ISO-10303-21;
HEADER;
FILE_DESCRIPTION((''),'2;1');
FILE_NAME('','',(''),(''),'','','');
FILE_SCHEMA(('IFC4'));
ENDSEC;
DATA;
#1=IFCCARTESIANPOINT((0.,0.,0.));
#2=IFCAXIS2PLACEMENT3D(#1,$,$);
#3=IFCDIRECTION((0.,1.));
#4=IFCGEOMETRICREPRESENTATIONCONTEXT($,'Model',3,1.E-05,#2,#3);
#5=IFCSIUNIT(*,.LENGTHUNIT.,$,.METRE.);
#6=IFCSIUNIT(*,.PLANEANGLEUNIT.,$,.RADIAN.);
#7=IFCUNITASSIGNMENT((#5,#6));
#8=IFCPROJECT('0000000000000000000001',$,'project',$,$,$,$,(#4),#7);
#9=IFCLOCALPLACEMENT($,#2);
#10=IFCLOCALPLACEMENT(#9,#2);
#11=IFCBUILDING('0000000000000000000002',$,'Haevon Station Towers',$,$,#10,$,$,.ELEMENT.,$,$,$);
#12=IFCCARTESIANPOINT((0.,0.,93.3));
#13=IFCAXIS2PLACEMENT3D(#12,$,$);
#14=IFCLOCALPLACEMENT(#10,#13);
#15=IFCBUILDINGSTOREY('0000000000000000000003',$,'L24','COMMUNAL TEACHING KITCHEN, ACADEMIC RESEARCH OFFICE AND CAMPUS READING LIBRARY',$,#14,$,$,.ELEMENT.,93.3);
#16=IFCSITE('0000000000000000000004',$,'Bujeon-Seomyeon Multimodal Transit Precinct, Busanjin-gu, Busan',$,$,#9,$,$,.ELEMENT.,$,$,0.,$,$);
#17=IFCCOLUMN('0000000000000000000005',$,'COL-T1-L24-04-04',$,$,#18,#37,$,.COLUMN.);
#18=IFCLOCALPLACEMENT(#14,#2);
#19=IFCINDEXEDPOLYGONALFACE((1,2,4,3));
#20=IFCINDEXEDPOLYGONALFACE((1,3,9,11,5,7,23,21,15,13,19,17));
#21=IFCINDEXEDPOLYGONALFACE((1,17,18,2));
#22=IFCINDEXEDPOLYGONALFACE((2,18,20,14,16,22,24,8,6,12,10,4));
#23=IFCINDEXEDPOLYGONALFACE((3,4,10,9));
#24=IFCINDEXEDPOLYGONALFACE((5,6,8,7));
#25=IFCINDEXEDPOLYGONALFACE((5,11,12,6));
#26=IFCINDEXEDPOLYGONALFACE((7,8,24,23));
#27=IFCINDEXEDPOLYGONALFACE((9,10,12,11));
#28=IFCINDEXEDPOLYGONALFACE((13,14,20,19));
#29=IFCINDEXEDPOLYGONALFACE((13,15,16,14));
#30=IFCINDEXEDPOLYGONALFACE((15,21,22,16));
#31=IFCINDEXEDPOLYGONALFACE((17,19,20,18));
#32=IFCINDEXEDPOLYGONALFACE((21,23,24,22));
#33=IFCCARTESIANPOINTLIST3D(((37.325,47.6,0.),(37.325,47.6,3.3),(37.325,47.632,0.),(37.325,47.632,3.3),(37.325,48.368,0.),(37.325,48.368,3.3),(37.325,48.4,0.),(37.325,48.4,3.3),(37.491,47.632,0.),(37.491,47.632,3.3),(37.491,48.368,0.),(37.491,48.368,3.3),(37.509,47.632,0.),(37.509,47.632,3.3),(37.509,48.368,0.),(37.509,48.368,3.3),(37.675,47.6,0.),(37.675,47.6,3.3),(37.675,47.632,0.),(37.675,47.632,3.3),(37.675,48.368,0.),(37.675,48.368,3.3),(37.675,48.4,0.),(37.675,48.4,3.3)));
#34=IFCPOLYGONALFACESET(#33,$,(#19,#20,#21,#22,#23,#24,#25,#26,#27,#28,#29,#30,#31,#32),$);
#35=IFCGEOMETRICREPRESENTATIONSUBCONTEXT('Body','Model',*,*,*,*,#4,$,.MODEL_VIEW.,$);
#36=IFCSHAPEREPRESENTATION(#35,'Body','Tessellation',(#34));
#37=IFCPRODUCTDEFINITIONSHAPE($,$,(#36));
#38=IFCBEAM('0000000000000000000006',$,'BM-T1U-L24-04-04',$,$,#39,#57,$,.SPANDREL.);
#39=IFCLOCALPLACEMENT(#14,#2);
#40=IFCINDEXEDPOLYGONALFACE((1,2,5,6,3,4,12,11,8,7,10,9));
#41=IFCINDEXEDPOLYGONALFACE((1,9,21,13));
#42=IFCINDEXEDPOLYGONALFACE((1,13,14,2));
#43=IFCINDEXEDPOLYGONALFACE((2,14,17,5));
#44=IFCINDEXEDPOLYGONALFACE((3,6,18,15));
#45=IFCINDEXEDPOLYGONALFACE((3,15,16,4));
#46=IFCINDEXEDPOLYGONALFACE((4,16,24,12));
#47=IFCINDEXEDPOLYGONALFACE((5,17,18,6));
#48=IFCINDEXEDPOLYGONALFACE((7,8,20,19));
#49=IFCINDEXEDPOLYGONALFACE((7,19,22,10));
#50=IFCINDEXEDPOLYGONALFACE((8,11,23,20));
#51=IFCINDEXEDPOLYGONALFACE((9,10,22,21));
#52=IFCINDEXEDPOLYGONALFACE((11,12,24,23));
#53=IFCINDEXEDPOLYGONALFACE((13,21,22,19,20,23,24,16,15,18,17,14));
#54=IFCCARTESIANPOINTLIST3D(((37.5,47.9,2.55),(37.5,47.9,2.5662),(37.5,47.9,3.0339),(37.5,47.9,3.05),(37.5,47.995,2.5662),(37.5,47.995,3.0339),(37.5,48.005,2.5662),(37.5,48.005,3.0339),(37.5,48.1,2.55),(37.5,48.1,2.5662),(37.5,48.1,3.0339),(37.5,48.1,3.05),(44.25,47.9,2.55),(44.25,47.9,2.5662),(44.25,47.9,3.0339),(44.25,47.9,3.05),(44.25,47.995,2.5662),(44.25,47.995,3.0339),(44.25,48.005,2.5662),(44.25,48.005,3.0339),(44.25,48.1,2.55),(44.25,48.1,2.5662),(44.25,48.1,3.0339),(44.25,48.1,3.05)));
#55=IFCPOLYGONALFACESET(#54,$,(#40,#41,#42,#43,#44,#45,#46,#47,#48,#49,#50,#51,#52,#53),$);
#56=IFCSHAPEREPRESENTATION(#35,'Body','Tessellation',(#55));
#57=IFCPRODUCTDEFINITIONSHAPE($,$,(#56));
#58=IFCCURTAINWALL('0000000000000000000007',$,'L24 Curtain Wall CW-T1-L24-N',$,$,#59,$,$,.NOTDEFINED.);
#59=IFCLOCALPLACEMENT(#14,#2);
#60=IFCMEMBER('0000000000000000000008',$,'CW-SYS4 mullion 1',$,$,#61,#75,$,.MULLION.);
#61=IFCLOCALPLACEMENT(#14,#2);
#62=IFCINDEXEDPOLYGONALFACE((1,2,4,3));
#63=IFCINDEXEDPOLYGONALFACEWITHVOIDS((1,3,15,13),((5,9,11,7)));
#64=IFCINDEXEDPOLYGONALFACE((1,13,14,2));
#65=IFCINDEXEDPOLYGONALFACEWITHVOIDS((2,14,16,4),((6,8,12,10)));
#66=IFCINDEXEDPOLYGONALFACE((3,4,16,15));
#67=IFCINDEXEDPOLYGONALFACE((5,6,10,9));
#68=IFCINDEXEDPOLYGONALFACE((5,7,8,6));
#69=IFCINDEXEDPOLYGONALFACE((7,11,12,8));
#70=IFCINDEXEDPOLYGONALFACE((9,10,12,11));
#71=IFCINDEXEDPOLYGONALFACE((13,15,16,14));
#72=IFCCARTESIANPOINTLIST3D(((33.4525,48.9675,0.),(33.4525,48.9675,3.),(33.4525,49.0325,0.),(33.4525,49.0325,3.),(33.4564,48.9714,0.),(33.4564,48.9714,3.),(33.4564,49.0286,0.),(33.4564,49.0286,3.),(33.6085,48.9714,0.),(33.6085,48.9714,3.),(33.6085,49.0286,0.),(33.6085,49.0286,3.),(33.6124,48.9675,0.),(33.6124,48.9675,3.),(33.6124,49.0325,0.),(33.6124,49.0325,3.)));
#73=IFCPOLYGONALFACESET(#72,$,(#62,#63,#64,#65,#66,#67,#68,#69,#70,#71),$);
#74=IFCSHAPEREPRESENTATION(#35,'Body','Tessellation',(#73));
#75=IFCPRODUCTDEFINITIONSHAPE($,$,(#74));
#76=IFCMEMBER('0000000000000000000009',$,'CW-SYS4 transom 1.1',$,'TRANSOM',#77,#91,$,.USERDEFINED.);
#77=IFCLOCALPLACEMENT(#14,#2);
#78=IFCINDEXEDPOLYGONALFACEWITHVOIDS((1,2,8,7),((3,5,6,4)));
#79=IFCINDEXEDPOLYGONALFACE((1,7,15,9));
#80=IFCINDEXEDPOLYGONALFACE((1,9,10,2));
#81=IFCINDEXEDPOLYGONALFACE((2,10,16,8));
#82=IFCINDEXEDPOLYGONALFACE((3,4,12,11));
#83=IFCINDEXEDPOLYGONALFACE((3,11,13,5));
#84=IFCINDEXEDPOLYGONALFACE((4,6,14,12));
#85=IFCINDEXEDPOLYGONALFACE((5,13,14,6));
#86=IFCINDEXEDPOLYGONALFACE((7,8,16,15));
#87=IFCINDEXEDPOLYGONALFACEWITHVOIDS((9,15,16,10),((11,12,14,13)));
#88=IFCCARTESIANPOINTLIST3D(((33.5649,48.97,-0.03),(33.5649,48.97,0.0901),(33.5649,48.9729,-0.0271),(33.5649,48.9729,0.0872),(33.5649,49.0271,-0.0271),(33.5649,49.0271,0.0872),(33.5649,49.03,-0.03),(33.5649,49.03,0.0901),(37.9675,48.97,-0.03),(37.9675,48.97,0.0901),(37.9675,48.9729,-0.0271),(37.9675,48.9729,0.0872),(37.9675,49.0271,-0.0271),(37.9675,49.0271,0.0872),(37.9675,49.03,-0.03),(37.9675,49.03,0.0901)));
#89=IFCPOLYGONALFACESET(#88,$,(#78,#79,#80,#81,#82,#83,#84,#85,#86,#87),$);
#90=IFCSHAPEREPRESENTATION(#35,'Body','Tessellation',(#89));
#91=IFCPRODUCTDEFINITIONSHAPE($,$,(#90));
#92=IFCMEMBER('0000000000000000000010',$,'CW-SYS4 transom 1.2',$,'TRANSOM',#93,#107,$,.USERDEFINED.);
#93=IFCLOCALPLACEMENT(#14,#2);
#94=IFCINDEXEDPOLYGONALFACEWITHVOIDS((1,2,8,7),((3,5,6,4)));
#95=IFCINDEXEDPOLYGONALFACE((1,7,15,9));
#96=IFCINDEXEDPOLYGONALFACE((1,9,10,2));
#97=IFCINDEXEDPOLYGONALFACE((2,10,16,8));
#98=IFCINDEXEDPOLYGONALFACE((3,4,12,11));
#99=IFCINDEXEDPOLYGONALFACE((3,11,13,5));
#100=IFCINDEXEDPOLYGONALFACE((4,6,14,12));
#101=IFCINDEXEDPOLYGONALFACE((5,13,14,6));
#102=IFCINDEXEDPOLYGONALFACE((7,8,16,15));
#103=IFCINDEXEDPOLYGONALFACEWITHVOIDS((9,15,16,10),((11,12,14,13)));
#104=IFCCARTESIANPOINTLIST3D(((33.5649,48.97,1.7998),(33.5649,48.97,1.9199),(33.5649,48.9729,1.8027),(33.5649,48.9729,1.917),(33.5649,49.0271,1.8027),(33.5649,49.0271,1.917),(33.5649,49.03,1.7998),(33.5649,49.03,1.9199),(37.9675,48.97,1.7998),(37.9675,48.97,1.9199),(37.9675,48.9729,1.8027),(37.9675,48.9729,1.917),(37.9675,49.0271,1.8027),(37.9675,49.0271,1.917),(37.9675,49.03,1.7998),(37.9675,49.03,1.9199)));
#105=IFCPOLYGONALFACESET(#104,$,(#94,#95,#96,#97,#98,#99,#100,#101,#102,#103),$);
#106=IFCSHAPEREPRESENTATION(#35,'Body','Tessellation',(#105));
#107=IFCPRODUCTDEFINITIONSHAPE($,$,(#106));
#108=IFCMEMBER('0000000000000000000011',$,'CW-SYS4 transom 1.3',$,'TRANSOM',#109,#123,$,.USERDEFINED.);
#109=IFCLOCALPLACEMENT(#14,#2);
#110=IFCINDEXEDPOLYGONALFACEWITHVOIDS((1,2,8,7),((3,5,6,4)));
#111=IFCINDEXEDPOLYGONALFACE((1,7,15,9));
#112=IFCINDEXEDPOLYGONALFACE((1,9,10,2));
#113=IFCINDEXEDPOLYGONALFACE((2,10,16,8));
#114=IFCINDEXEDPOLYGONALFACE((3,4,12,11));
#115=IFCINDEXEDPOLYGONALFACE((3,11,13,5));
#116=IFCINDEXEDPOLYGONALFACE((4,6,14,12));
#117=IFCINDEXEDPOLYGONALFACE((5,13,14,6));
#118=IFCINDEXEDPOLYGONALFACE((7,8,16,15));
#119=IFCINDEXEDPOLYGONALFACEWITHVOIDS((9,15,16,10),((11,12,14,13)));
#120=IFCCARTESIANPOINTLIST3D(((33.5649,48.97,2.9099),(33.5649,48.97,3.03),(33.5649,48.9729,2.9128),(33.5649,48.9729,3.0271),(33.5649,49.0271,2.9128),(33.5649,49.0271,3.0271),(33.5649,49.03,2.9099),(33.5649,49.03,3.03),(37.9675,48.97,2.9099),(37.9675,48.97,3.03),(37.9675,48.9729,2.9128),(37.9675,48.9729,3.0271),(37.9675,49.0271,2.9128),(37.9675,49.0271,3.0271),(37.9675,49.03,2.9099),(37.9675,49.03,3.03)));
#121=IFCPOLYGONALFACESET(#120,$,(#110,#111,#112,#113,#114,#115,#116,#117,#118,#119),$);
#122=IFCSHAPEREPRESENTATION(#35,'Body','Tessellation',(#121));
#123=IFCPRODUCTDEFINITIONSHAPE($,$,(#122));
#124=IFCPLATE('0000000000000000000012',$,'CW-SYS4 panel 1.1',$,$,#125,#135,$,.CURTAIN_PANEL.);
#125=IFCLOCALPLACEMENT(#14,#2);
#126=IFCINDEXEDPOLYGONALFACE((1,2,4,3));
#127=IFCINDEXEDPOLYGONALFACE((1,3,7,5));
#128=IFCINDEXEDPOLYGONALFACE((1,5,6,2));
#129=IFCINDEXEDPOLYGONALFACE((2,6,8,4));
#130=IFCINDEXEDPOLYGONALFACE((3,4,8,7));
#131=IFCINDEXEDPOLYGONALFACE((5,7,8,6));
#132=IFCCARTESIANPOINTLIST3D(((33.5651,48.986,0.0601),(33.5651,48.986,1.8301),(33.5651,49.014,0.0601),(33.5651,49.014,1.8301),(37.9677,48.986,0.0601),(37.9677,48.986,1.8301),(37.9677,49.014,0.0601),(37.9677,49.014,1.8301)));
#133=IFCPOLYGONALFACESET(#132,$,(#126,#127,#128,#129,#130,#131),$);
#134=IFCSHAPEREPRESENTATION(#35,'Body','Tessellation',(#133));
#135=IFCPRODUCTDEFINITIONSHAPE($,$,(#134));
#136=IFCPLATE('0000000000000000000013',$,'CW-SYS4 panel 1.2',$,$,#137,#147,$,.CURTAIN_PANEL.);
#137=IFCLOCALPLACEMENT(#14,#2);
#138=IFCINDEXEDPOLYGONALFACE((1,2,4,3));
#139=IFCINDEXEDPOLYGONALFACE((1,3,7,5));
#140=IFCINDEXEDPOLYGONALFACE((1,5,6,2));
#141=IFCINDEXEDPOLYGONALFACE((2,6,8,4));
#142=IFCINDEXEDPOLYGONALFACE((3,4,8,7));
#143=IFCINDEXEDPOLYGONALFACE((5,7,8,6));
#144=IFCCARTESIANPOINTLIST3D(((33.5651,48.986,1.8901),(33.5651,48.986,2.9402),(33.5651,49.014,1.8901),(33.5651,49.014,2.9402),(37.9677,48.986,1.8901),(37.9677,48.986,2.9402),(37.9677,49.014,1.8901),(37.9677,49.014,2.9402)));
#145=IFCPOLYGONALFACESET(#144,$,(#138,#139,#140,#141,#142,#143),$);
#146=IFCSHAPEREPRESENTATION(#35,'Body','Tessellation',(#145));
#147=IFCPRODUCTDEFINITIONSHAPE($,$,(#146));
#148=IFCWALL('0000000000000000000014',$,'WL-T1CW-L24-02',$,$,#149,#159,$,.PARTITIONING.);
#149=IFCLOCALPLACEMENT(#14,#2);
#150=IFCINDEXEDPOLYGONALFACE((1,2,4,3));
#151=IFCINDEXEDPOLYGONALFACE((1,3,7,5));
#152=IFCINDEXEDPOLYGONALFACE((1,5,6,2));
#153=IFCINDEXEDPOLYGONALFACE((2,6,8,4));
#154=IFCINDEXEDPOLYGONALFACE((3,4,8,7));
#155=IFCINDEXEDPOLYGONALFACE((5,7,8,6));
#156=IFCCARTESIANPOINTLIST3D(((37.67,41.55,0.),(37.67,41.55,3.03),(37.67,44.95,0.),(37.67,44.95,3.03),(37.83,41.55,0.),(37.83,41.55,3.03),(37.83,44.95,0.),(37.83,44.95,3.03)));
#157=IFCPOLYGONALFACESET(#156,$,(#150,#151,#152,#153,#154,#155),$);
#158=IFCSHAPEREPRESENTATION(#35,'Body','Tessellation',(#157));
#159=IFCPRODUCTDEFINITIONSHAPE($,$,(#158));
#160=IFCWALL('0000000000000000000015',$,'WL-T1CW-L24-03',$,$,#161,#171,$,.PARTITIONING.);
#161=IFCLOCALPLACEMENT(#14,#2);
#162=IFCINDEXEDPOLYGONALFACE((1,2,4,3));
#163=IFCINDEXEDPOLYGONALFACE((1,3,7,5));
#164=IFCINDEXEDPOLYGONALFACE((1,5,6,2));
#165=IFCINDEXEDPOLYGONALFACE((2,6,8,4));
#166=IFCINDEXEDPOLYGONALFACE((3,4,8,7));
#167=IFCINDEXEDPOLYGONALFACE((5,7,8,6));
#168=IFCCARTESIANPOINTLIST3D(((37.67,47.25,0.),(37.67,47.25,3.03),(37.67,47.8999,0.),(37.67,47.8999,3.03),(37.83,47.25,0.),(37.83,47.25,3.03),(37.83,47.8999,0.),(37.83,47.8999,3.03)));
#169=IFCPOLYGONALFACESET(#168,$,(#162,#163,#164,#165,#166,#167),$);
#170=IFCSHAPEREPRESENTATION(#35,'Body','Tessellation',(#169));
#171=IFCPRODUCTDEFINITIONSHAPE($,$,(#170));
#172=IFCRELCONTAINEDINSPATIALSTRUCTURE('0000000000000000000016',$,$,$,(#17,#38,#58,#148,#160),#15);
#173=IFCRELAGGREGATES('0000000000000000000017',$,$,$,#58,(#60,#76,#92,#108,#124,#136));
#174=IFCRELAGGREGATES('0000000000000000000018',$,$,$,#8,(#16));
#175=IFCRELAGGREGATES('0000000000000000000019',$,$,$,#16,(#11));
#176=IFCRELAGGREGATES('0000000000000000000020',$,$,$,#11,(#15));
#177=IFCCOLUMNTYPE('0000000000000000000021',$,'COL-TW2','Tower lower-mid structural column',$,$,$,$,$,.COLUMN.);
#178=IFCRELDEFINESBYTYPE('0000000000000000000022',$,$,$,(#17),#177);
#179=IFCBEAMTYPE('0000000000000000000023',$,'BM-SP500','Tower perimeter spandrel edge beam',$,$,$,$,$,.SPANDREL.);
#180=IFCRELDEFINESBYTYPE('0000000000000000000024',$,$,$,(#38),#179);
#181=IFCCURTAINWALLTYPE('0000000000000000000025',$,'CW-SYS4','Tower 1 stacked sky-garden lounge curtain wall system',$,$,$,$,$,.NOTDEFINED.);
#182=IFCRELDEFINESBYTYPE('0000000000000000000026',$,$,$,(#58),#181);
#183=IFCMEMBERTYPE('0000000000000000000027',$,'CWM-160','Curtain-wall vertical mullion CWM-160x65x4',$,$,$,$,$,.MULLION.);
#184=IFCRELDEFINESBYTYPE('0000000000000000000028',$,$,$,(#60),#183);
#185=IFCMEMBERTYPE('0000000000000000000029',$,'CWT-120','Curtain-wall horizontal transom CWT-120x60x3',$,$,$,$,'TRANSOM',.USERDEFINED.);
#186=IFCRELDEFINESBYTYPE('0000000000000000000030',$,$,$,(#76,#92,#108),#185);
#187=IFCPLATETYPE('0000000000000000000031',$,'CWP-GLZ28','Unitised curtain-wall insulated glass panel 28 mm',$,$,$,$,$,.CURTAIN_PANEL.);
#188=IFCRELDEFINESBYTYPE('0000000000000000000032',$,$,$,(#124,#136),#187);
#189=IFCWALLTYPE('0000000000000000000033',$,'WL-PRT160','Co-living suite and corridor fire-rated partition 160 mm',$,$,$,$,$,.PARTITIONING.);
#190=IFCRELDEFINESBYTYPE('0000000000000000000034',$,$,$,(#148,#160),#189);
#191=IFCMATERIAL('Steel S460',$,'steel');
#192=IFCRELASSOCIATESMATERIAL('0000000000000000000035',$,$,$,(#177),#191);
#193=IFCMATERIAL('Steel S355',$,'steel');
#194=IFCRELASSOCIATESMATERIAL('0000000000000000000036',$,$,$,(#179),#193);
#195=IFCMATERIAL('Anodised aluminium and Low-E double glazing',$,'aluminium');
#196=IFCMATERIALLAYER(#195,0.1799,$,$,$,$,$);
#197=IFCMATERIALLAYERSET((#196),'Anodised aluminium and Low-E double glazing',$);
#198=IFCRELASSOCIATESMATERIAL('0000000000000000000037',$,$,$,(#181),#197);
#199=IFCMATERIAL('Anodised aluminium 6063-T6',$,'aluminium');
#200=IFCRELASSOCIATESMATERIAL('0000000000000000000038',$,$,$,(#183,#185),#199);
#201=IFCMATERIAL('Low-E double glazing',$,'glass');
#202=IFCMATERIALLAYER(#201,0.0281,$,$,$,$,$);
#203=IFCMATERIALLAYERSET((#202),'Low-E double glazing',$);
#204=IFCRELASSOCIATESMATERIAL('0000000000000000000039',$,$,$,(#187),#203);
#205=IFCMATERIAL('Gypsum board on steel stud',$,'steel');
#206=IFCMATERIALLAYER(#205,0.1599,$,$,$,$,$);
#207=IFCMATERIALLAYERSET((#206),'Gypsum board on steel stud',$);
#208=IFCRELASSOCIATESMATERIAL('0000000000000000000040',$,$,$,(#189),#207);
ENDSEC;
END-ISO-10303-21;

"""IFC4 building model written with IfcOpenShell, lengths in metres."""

from ifc_helpers import new_model, si_unit, direction, frame, frame_2d, origin, origin_2d, place, context, subcontext, project, spatial, rectangle, hollow_rectangle, i_section, extrude, material, layer, layer_set, material_profile, profile_set, type_object, element, aggregate, save


model = new_model("IFC4")

# Units and contexts
model_context = context("Model", 3, precision=1e-05, world=origin(), true_north=direction((0.0, 1.0)))
body_context = subcontext(model_context, "Body", "Model", "MODEL_VIEW")
ifc_project = project(units=[si_unit("LENGTHUNIT", "METRE"), si_unit("PLANEANGLEUNIT", "RADIAN")], contexts=[model_context])

# Site, building, storey
site_placement = place(None, origin())
site = spatial("IfcSite", under=ifc_project, at=site_placement, Name="Bujeon-Seomyeon Multimodal Transit Precinct, Busanjin-gu, Busan", CompositionType="ELEMENT", RefElevation=0.0)
building_placement = place(site_placement, origin())
building = spatial("IfcBuilding", under=site, at=building_placement, Name="Haevon Station Towers", CompositionType="ELEMENT")
storey_placement = place(building_placement, frame((0.0, 0.0, 93.3)))
storey = spatial("IfcBuildingStorey", under=building, at=storey_placement, Name="L24", Description="COMMUNAL TEACHING KITCHEN, ACADEMIC RESEARCH OFFICE AND CAMPUS READING LIBRARY", CompositionType="ELEMENT", Elevation=93.3)

# Column
ifc_material_1 = material(Name="Steel S460", Category="steel")
ifc_material_profile_1 = material_profile(ifc_material_1, i_section(OverallWidth=0.3501, OverallDepth=0.8, WebThickness=0.0181, FlangeThickness=0.032, at=origin_2d()), Name="H-800x350x18x32")
ifc_profile_set_1 = profile_set([ifc_material_profile_1], Name="Steel S460")
column_type = type_object("IfcColumnType", Name="COL-TW2", Description="Tower lower-mid structural column", PredefinedType="COLUMN", material=ifc_profile_set_1)
column_placement = place(storey_placement, frame((37.5, 48.0, 0.0), z_axis=(0.0, 0.0, 1.0), x_axis=(1.0, 0.0, 0.0)))
element("IfcColumn", 1, at=column_placement, inside=storey, type_object=column_type, Name="COL-T1-L24-04-04", PredefinedType="COLUMN", context=body_context, shape_type="SweptSolid", body=[
    extrude(i_section(OverallWidth=0.3501, OverallDepth=0.8, WebThickness=0.0181, FlangeThickness=0.032, at=origin_2d()), origin(), (0.0, 0.0, 1.0), 3.3),
])

# Beam
ifc_material_2 = material(Name="Steel S355", Category="steel")
ifc_material_profile_2 = material_profile(ifc_material_2, i_section(OverallWidth=0.2, OverallDepth=0.5, WebThickness=0.01, FlangeThickness=0.0161, at=origin_2d()), Name="H-500x200x10x16")
ifc_profile_set_2 = profile_set([ifc_material_profile_2], Name="Steel S355")
beam_type = type_object("IfcBeamType", Name="BM-SP500", Description="Tower perimeter spandrel edge beam", PredefinedType="SPANDREL", material=ifc_profile_set_2)
beam_placement = place(storey_placement, frame((37.5, 48.0, 2.8), z_axis=(1.0, 0.0, 0.0), x_axis=(0.0, 1.0, 0.0)))
element("IfcBeam", 2, at=beam_placement, inside=storey, type_object=beam_type, Name="BM-T1U-L24-04-04", PredefinedType="SPANDREL", context=body_context, shape_type="SweptSolid", body=[
    extrude(i_section(OverallWidth=0.2, OverallDepth=0.5, WebThickness=0.01, FlangeThickness=0.0161, at=origin_2d()), origin(), (0.0, 0.0, 1.0), 6.75),
])

# Curtain wall, members, plates
ifc_material_3 = material(Name="Anodised aluminium and Low-E double glazing", Category="aluminium")
ifc_layer_1 = layer(ifc_material_3, 0.1799)
ifc_layer_set_1 = layer_set([ifc_layer_1], Name="Anodised aluminium and Low-E double glazing")
curtain_wall_type = type_object("IfcCurtainWallType", Name="CW-SYS4", Description="Tower 1 stacked sky-garden lounge curtain wall system", PredefinedType="NOTDEFINED", material=ifc_layer_set_1)
curtain_wall_placement = place(storey_placement, origin())
curtain_wall = element("IfcCurtainWall", 3, at=curtain_wall_placement, inside=storey, type_object=curtain_wall_type, Name="L24 Curtain Wall CW-T1-L24-N", PredefinedType="NOTDEFINED")
ifc_material_4 = material(Name="Anodised aluminium 6063-T6", Category="aluminium")
ifc_material_profile_3 = material_profile(ifc_material_4, hollow_rectangle(XDim=0.0649, YDim=0.1599, WallThickness=0.0039, at=origin_2d()), Name="CWM-160x65x4")
ifc_profile_set_3 = profile_set([ifc_material_profile_3], Name="Anodised aluminium 6063-T6")
member_type_1 = type_object("IfcMemberType", Name="CWM-160", Description="Curtain-wall vertical mullion CWM-160x65x4", PredefinedType="MULLION", material=ifc_profile_set_3)
member_1_placement = place(storey_placement, frame((33.5325, 49.0, 0.0), z_axis=(0.0, 0.0, 1.0), x_axis=(0.0, 1.0, 0.0)))
member_1 = element("IfcMember", 4, at=member_1_placement, type_object=member_type_1, Name="CW-SYS4 mullion 1", PredefinedType="MULLION", context=body_context, shape_type="SweptSolid", body=[
    extrude(hollow_rectangle(XDim=0.0649, YDim=0.1599, WallThickness=0.0039, at=origin_2d()), origin(), (0.0, 0.0, 1.0), 3.0),
])
ifc_material_profile_4 = material_profile(ifc_material_4, hollow_rectangle(XDim=0.0601, YDim=0.1201, WallThickness=0.0029, at=origin_2d()), Name="CWT-120x60x3")
ifc_profile_set_4 = profile_set([ifc_material_profile_4], Name="Anodised aluminium 6063-T6")
member_type_2 = type_object("IfcMemberType", Name="CWT-120", Description="Curtain-wall horizontal transom CWT-120x60x3", ElementType="TRANSOM", PredefinedType="USERDEFINED", material=ifc_profile_set_4)
member_2_placement = place(storey_placement, frame((33.5649, 49.0, 0.03), z_axis=(1.0, 0.0, 0.0), x_axis=(0.0, 1.0, 0.0)))
member_2 = element("IfcMember", 5, at=member_2_placement, type_object=member_type_2, Name="CW-SYS4 transom 1.1", ObjectType="TRANSOM", PredefinedType="USERDEFINED", context=body_context, shape_type="SweptSolid", body=[
    extrude(hollow_rectangle(XDim=0.0601, YDim=0.1201, WallThickness=0.0029, at=origin_2d()), origin(), (0.0, 0.0, 1.0), 4.4026),
])
member_3_placement = place(storey_placement, frame((33.5649, 49.0, 1.8599), z_axis=(1.0, 0.0, 0.0), x_axis=(0.0, 1.0, 0.0)))
member_3 = element("IfcMember", 6, at=member_3_placement, type_object=member_type_2, Name="CW-SYS4 transom 1.2", ObjectType="TRANSOM", PredefinedType="USERDEFINED", context=body_context, shape_type="SweptSolid", body=[
    extrude(hollow_rectangle(XDim=0.0601, YDim=0.1201, WallThickness=0.0029, at=origin_2d()), origin(), (0.0, 0.0, 1.0), 4.4026),
])
member_4_placement = place(storey_placement, frame((33.5649, 49.0, 2.97), z_axis=(1.0, 0.0, 0.0), x_axis=(0.0, 1.0, 0.0)))
member_4 = element("IfcMember", 7, at=member_4_placement, type_object=member_type_2, Name="CW-SYS4 transom 1.3", ObjectType="TRANSOM", PredefinedType="USERDEFINED", context=body_context, shape_type="SweptSolid", body=[
    extrude(hollow_rectangle(XDim=0.0601, YDim=0.1201, WallThickness=0.0029, at=origin_2d()), origin(), (0.0, 0.0, 1.0), 4.4026),
])
ifc_material_5 = material(Name="Low-E double glazing", Category="glass")
ifc_layer_2 = layer(ifc_material_5, 0.0281)
ifc_layer_set_2 = layer_set([ifc_layer_2], Name="Low-E double glazing")
plate_type = type_object("IfcPlateType", Name="CWP-GLZ28", Description="Unitised curtain-wall insulated glass panel 28 mm", PredefinedType="CURTAIN_PANEL", material=ifc_layer_set_2)
plate_1_placement = place(storey_placement, frame((35.7664, 49.0, 0.0601), z_axis=(0.0, 0.0, 1.0), x_axis=(1.0, 0.0, 0.0)))
plate_1 = element("IfcPlate", 8, at=plate_1_placement, type_object=plate_type, Name="CW-SYS4 panel 1.1", PredefinedType="CURTAIN_PANEL", context=body_context, shape_type="SweptSolid", body=[
    extrude(rectangle(XDim=4.4026, YDim=0.0281, at=origin_2d()), origin(), (0.0, 0.0, 1.0), 1.77),
])
plate_2_placement = place(storey_placement, frame((35.7664, 49.0, 1.8901), z_axis=(0.0, 0.0, 1.0), x_axis=(1.0, 0.0, 0.0)))
plate_2 = element("IfcPlate", 9, at=plate_2_placement, type_object=plate_type, Name="CW-SYS4 panel 1.2", PredefinedType="CURTAIN_PANEL", context=body_context, shape_type="SweptSolid", body=[
    extrude(rectangle(XDim=4.4026, YDim=0.0281, at=origin_2d()), origin(), (0.0, 0.0, 1.0), 1.05),
])
aggregate(curtain_wall, [member_1, member_2, member_3, member_4, plate_1, plate_2])

# Walls
ifc_material_6 = material(Name="Gypsum board on steel stud", Category="steel")
ifc_layer_3 = layer(ifc_material_6, 0.1599)
ifc_layer_set_3 = layer_set([ifc_layer_3], Name="Gypsum board on steel stud")
wall_type_1 = type_object("IfcWallType", Name="WL-PRT160", Description="Co-living suite and corridor fire-rated partition 160 mm", PredefinedType="PARTITIONING", material=ifc_layer_set_3)
wall_1_placement = place(storey_placement, frame((37.75, 41.55, 0.0), z_axis=(0.0, 0.0, 1.0), x_axis=(0.0, 1.0, 0.0)))
element("IfcWall", 10, at=wall_1_placement, inside=storey, type_object=wall_type_1, Name="WL-T1CW-L24-02", PredefinedType="PARTITIONING", context=body_context, shape_type="SweptSolid", body=[
    extrude(rectangle(XDim=3.3999, YDim=0.1599, at=frame_2d((1.7, 0.0))), origin(), (0.0, 0.0, 1.0), 3.03),
])
wall_2_placement = place(storey_placement, frame((37.75, 47.25, 0.0), z_axis=(0.0, 0.0, 1.0), x_axis=(0.0, 1.0, 0.0)))
element("IfcWall", 11, at=wall_2_placement, inside=storey, type_object=wall_type_1, Name="WL-T1CW-L24-03", PredefinedType="PARTITIONING", context=body_context, shape_type="SweptSolid", body=[
    extrude(rectangle(XDim=0.6499, YDim=0.1599, at=frame_2d((0.325, 0.0))), origin(), (0.0, 0.0, 1.0), 3.03),
])

save(model, "model.ifc")
